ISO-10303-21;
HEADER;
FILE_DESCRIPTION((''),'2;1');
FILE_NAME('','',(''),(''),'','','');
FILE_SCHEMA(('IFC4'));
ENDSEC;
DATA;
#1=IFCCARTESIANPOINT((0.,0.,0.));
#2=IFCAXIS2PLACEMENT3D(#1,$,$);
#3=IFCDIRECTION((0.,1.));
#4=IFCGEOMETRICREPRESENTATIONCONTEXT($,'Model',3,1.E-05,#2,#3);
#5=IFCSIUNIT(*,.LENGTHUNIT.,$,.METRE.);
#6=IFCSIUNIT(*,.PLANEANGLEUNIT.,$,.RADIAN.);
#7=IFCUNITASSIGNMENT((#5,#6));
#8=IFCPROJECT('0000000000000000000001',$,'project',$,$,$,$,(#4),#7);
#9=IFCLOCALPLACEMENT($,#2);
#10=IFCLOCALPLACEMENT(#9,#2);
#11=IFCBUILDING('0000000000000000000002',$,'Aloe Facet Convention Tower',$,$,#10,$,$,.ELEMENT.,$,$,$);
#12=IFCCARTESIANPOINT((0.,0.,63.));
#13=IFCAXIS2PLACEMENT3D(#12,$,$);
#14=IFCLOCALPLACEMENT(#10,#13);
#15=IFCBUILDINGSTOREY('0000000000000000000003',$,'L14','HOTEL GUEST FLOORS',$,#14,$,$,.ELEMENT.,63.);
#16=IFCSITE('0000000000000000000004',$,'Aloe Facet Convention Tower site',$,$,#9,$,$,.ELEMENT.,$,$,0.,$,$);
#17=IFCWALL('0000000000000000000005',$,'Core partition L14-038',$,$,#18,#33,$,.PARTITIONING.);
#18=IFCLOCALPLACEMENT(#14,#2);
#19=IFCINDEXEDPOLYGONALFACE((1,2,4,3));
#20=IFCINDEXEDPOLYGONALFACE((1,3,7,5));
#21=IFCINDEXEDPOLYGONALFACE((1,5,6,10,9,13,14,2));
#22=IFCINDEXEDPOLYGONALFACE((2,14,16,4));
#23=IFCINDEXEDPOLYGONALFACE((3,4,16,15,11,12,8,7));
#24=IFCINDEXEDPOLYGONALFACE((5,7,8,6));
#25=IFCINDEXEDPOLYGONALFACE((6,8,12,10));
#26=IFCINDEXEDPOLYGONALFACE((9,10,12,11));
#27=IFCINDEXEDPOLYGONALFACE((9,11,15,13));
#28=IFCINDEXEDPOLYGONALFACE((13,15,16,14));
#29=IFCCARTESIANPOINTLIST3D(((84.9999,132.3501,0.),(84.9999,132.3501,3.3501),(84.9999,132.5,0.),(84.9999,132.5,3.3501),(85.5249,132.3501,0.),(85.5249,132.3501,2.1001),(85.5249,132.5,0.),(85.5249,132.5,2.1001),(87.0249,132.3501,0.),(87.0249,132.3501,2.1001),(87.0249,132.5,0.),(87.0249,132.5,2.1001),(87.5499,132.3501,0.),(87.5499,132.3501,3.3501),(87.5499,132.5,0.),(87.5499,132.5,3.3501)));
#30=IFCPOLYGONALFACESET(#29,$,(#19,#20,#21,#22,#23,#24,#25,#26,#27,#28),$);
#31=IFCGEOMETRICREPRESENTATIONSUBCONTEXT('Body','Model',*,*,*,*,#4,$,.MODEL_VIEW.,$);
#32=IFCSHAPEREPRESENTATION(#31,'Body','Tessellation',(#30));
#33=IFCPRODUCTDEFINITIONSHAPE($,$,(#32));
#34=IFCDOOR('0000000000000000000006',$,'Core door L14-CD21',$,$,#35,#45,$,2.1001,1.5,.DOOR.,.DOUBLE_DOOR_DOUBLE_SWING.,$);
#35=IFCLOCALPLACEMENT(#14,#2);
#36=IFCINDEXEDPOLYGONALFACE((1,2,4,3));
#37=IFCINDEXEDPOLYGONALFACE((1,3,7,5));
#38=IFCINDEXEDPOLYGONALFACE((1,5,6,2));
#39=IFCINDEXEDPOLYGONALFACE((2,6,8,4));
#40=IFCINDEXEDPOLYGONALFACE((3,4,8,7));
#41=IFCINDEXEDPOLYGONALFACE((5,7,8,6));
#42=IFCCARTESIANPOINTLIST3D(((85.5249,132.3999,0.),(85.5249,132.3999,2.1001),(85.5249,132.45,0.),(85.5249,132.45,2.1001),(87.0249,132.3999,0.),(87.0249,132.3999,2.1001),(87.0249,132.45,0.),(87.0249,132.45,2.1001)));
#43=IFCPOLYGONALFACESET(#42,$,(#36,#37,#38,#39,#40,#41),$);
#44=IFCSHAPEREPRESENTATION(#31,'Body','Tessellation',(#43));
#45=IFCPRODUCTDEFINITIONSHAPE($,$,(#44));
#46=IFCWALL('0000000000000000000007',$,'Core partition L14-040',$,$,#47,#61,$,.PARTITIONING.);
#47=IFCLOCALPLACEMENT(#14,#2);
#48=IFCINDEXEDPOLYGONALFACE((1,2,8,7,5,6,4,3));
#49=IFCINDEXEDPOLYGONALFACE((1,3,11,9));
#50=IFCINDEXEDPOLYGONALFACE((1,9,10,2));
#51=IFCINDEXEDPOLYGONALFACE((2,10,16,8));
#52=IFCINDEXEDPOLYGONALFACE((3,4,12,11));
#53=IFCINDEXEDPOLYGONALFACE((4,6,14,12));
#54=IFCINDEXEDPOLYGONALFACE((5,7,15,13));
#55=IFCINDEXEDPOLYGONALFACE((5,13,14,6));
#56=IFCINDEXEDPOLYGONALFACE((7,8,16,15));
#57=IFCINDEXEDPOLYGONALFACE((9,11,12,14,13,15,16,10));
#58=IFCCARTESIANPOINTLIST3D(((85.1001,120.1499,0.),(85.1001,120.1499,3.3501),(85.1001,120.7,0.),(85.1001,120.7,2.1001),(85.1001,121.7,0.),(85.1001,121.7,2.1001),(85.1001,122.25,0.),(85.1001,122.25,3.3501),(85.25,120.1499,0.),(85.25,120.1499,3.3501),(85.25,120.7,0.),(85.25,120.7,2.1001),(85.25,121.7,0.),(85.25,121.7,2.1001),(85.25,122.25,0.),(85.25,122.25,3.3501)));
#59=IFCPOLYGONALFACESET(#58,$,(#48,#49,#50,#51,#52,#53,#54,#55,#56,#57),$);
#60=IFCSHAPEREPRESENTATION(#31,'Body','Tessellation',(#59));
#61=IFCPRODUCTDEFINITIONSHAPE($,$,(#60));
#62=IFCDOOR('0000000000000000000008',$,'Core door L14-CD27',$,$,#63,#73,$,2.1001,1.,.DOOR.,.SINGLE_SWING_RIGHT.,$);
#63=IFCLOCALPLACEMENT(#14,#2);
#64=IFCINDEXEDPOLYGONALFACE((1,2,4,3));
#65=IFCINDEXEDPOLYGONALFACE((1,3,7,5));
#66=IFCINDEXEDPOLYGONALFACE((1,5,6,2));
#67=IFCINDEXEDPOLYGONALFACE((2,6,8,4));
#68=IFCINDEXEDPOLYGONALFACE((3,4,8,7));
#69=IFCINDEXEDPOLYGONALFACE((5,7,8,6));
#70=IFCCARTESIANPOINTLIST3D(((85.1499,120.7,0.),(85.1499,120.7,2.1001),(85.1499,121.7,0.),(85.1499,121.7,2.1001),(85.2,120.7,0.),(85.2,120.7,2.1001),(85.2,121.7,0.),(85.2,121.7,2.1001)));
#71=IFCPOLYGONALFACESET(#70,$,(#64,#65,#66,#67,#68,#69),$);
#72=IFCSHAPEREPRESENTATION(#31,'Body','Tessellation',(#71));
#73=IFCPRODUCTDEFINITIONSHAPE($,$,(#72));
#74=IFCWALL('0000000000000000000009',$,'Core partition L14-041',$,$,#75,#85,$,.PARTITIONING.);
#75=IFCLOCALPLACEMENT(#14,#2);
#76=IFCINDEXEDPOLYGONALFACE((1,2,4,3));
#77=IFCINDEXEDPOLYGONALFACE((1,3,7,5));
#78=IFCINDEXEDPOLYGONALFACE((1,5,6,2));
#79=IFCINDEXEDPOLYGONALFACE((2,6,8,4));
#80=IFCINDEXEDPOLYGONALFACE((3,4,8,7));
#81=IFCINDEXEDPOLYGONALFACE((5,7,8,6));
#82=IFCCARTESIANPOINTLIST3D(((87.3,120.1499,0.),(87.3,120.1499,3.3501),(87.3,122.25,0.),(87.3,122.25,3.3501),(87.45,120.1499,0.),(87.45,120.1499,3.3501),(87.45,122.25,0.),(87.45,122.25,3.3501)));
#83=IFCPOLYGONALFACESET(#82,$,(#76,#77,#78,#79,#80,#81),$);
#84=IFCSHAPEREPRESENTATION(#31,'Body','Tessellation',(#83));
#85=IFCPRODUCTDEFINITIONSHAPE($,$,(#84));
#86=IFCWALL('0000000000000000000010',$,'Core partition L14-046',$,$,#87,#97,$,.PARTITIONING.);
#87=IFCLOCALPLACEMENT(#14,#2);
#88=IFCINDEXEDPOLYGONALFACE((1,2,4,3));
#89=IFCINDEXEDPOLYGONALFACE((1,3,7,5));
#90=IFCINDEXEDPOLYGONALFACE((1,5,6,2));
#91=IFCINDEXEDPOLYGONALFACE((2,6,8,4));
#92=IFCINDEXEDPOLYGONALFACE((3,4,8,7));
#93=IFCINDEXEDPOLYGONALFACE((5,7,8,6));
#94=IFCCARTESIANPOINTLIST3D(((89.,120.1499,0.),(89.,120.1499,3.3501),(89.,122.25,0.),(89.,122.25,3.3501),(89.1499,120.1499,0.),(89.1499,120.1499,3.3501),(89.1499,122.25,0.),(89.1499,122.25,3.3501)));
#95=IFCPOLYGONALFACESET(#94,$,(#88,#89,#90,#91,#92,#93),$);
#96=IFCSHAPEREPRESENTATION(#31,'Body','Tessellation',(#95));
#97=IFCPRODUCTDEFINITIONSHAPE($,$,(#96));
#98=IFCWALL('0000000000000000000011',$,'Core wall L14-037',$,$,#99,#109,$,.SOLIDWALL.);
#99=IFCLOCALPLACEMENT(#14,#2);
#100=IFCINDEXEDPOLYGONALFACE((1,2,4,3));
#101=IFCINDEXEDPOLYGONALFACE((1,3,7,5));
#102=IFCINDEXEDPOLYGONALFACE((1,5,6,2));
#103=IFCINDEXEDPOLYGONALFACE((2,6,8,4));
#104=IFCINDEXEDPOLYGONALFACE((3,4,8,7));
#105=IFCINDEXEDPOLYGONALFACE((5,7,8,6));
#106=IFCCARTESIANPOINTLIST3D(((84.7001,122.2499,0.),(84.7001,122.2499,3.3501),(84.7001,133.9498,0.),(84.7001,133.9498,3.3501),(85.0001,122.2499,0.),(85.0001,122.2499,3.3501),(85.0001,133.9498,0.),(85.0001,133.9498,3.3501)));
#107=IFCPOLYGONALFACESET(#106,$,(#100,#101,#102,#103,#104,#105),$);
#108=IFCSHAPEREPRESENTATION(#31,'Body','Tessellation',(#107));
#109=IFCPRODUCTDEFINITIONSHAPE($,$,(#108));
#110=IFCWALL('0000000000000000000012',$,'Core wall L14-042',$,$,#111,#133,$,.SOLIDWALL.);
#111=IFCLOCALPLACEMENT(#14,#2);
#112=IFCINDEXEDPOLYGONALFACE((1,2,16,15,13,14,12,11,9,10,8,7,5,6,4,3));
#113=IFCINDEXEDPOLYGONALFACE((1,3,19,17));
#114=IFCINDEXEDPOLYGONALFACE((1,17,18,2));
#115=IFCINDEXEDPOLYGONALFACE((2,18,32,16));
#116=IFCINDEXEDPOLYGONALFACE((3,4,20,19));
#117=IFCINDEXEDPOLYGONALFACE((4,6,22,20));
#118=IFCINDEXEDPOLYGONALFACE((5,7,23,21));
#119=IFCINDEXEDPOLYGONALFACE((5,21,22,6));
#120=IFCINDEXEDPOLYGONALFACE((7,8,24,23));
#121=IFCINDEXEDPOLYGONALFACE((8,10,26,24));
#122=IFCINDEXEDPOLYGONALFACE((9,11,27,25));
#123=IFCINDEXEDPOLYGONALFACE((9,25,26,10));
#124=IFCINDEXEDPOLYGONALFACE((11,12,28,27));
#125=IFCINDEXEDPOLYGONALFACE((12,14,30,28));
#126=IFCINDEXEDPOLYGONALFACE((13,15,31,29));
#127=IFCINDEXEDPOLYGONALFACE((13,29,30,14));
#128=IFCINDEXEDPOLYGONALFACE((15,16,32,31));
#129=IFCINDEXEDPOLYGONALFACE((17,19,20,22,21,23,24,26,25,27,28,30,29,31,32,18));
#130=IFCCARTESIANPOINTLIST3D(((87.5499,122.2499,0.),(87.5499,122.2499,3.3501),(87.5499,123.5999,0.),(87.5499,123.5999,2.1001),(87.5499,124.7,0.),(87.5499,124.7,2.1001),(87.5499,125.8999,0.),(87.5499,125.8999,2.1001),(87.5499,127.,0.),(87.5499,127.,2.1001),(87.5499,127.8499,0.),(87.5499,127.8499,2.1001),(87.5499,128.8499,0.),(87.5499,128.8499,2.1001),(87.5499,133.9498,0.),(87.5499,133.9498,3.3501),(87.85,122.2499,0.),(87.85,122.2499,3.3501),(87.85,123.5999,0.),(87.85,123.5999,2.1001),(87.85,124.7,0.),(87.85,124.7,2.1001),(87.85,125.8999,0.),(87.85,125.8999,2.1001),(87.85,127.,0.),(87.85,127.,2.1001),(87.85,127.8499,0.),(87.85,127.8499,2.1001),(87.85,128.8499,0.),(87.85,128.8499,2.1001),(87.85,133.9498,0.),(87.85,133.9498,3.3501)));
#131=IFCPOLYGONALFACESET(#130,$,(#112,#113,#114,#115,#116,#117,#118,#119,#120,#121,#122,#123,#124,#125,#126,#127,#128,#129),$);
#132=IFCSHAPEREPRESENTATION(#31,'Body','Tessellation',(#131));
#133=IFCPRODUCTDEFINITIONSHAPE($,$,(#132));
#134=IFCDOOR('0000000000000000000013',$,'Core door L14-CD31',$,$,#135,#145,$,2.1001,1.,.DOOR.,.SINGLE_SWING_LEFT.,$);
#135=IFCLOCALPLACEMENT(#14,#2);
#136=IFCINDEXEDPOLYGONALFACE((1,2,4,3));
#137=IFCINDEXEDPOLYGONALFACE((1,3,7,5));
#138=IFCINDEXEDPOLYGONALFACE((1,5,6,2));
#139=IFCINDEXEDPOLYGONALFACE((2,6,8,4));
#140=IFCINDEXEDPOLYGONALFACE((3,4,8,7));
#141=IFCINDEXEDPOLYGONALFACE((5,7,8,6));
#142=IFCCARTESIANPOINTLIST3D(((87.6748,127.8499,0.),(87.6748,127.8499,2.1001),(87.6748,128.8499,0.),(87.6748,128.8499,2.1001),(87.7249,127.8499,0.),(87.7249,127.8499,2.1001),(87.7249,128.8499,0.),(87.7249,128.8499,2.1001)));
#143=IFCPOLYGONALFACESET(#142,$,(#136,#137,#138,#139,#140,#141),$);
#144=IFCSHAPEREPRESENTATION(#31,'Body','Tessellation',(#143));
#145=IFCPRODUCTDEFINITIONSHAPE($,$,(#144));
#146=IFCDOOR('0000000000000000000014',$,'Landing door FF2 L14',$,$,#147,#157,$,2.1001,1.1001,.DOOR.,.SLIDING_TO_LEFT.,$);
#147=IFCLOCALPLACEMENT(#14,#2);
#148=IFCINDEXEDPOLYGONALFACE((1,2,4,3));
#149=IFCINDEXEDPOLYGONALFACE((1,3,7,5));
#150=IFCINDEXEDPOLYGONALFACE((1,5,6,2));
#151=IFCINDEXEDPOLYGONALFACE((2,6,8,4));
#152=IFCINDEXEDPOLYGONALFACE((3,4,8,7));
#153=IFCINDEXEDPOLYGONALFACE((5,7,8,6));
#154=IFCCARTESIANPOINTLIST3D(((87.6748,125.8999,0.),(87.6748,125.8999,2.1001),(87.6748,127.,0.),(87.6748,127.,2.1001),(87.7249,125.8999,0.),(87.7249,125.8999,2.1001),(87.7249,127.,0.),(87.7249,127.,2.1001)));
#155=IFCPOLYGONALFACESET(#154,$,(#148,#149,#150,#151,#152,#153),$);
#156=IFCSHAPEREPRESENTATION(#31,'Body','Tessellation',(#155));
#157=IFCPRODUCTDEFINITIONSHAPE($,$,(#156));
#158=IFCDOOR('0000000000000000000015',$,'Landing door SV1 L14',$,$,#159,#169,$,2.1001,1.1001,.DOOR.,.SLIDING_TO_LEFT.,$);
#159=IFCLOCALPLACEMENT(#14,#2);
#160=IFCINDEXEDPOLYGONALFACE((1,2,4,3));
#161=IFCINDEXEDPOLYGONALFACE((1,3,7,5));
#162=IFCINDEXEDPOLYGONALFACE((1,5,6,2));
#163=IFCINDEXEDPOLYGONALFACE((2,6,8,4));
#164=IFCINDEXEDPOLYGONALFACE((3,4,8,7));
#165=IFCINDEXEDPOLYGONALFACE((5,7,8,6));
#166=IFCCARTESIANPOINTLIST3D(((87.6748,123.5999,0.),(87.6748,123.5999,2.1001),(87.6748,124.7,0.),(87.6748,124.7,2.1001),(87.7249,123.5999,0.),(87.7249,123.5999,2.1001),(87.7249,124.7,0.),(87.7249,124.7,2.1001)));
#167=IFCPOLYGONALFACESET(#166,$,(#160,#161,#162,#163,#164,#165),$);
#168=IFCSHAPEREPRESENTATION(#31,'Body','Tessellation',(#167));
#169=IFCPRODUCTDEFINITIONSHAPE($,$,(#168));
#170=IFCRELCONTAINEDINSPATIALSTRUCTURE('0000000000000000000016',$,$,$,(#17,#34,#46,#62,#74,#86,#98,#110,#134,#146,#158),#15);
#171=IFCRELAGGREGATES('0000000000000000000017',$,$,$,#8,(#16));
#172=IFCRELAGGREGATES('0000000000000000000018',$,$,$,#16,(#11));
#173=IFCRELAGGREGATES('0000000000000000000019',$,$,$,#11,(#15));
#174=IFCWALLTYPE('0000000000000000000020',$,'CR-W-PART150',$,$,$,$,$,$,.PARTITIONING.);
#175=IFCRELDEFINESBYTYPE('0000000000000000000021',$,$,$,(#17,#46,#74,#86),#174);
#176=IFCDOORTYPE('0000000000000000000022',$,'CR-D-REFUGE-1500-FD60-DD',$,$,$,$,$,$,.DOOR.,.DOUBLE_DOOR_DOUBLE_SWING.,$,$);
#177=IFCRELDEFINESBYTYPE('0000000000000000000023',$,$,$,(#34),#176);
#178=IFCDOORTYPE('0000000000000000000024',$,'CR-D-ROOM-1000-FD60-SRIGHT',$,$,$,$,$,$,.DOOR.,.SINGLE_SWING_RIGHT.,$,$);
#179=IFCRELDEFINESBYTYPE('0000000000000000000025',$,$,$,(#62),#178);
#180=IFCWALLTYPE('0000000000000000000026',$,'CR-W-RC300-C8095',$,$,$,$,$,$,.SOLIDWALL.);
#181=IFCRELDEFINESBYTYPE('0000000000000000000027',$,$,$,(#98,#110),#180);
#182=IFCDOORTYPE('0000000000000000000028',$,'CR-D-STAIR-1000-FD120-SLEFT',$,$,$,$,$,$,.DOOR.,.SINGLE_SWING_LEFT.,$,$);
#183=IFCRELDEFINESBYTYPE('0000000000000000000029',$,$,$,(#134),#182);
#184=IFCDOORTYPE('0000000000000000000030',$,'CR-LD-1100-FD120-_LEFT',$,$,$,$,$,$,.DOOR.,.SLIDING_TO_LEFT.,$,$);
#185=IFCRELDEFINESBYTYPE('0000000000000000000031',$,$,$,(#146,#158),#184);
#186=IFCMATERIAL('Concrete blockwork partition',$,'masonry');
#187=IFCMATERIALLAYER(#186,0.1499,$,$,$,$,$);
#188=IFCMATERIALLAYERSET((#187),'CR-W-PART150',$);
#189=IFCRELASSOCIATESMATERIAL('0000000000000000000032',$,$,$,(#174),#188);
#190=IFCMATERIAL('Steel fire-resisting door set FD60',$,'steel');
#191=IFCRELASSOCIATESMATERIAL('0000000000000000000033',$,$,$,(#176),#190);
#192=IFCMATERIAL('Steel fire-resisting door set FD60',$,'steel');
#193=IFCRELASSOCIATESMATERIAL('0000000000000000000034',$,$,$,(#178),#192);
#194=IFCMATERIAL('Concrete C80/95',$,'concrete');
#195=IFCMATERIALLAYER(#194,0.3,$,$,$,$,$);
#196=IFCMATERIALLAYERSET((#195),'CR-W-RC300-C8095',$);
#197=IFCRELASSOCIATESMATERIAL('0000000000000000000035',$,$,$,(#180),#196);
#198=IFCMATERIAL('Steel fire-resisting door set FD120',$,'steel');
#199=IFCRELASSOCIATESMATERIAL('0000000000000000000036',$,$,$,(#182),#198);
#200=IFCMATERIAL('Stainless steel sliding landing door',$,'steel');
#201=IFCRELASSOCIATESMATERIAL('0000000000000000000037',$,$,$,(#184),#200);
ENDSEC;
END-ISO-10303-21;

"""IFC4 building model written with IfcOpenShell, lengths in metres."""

from ifc_helpers import new_model, si_unit, direction, frame, frame_2d, origin, place, context, subcontext, project, spatial, rectangle, extrude, material, layer, layer_set, type_object, element, fill, save


model = new_model("IFC4")

# Units and contexts
model_context = context("Model", 3, precision=1e-05, world=origin(), true_north=direction((0.0, 1.0)))
body_context = subcontext(model_context, "Body", "Model", "MODEL_VIEW")
ifc_project = project(units=[si_unit("LENGTHUNIT", "METRE"), si_unit("PLANEANGLEUNIT", "RADIAN")], contexts=[model_context])

# Site, building, storey
site_placement = place(None, origin())
site = spatial("IfcSite", under=ifc_project, at=site_placement, Name="Aloe Facet Convention Tower site", CompositionType="ELEMENT", RefElevation=0.0)
building_placement = place(site_placement, origin())
building = spatial("IfcBuilding", under=site, at=building_placement, Name="Aloe Facet Convention Tower", CompositionType="ELEMENT")
storey_placement = place(building_placement, frame((0.0, 0.0, 63.0)))
storey = spatial("IfcBuildingStorey", under=building, at=storey_placement, Name="L14", Description="HOTEL GUEST FLOORS", CompositionType="ELEMENT", Elevation=63.0)

# Walls, openings, doors
ifc_material_1 = material(Name="Concrete blockwork partition", Category="masonry")
ifc_layer_1 = layer(ifc_material_1, 0.1499)
ifc_layer_set_1 = layer_set([ifc_layer_1], Name="CR-W-PART150")
wall_type_1 = type_object("IfcWallType", Name="CR-W-PART150", PredefinedType="PARTITIONING", material=ifc_layer_set_1)
wall_1_placement = place(storey_placement, frame((85.0, 132.425, 0.0), z_axis=(0.0, 0.0, 1.0), x_axis=(1.0, 0.0, 0.0)))
wall_1 = element("IfcWall", 1, at=wall_1_placement, inside=storey, type_object=wall_type_1, Name="Core partition L14-038", PredefinedType="PARTITIONING", context=body_context, shape_type="SweptSolid", body=[
    extrude(rectangle(XDim=2.55, YDim=0.1499, at=frame_2d((1.2749, 0.0))), origin(), (0.0, 0.0, 1.0), 3.3501),
])
opening_1_placement = place(wall_1_placement, frame((0.5249, 0.0, 0.0)))
opening_1 = element("IfcOpeningElement", 2, at=opening_1_placement, cuts=wall_1, PredefinedType="OPENING", context=body_context, shape_type="SweptSolid", body=[
    extrude(rectangle(XDim=1.5, YDim=2.1001, at=frame_2d((0.75, 1.05))), frame((0.0, 0.085, 0.0), z_axis=(0.0, -1.0, 0.0), x_axis=(1.0, 0.0, 0.0)), (0.0, 0.0, 1.0), 0.1699),
])
ifc_material_2 = material(Name="Steel fire-resisting door set FD60", Category="steel")
door_type_1 = type_object("IfcDoorType", Name="CR-D-REFUGE-1500-FD60-DD", OperationType="DOUBLE_DOOR_DOUBLE_SWING", PredefinedType="DOOR", material=ifc_material_2)
door_1_placement = place(opening_1_placement, origin())
door_1 = element("IfcDoor", 3, at=door_1_placement, inside=storey, type_object=door_type_1, Name="Core door L14-CD21", OperationType="DOUBLE_DOOR_DOUBLE_SWING", OverallHeight=2.1001, OverallWidth=1.5, PredefinedType="DOOR", context=body_context, shape_type="SweptSolid", body=[
    extrude(rectangle(XDim=1.5, YDim=2.1001, at=frame_2d((0.75, 1.05))), frame((0.0, 0.0249, 0.0), z_axis=(0.0, -1.0, 0.0), x_axis=(1.0, 0.0, 0.0)), (0.0, 0.0, 1.0), 0.05),
])
fill(opening_1, door_1)
wall_2_placement = place(storey_placement, frame((85.175, 122.25, 0.0), z_axis=(0.0, 0.0, 1.0), x_axis=(0.0, -1.0, 0.0)))
wall_2 = element("IfcWall", 4, at=wall_2_placement, inside=storey, type_object=wall_type_1, Name="Core partition L14-040", PredefinedType="PARTITIONING", context=body_context, shape_type="SweptSolid", body=[
    extrude(rectangle(XDim=2.1001, YDim=0.1499, at=frame_2d((1.05, 0.0))), origin(), (0.0, 0.0, 1.0), 3.3501),
])
opening_2_placement = place(wall_2_placement, frame((0.55, 0.0, 0.0)))
opening_2 = element("IfcOpeningElement", 5, at=opening_2_placement, cuts=wall_2, PredefinedType="OPENING", context=body_context, shape_type="SweptSolid", body=[
    extrude(rectangle(XDim=1.0, YDim=2.1001, at=frame_2d((0.5, 1.05))), frame((0.0, 0.085, 0.0), z_axis=(0.0, -1.0, 0.0), x_axis=(1.0, 0.0, 0.0)), (0.0, 0.0, 1.0), 0.1699),
])
ifc_material_3 = material(Name="Steel fire-resisting door set FD60", Category="steel")
door_type_2 = type_object("IfcDoorType", Name="CR-D-ROOM-1000-FD60-SRIGHT", OperationType="SINGLE_SWING_RIGHT", PredefinedType="DOOR", material=ifc_material_3)
door_2_placement = place(opening_2_placement, origin())
door_2 = element("IfcDoor", 6, at=door_2_placement, inside=storey, type_object=door_type_2, Name="Core door L14-CD27", OperationType="SINGLE_SWING_RIGHT", OverallHeight=2.1001, OverallWidth=1.0, PredefinedType="DOOR", context=body_context, shape_type="SweptSolid", body=[
    extrude(rectangle(XDim=1.0, YDim=2.1001, at=frame_2d((0.5, 1.05))), frame((0.0, 0.0249, 0.0), z_axis=(0.0, -1.0, 0.0), x_axis=(1.0, 0.0, 0.0)), (0.0, 0.0, 1.0), 0.05),
])
fill(opening_2, door_2)

# Walls
for number, where, z_axis, x_axis, name in (
    (7, (87.375, 122.25, 0.0), (0.0, 0.0, 1.0), (0.0, -1.0, 0.0), "Core partition L14-041"),
    (8, (89.075, 122.25, 0.0), (0.0, 0.0, 1.0), (0.0, -1.0, 0.0), "Core partition L14-046"),
):
    element("IfcWall", number, at=place(storey_placement, frame(where, z_axis=z_axis, x_axis=x_axis)), inside=storey, type_object=wall_type_1, Name=name, PredefinedType="PARTITIONING", context=body_context, shape_type="SweptSolid", body=[
        extrude(rectangle(XDim=2.1001, YDim=0.1499, at=frame_2d((1.05, 0.0))), origin(), (0.0, 0.0, 1.0), 3.3501),
    ])
ifc_material_4 = material(Name="Concrete C80/95", Category="concrete")
ifc_layer_2 = layer(ifc_material_4, 0.3)
ifc_layer_set_2 = layer_set([ifc_layer_2], Name="CR-W-RC300-C8095")
wall_type_2 = type_object("IfcWallType", Name="CR-W-RC300-C8095", PredefinedType="SOLIDWALL", material=ifc_layer_set_2)
wall_3_placement = place(storey_placement, frame((84.8501, 133.95, 0.0), z_axis=(0.0, 0.0, 1.0), x_axis=(0.0, -1.0, 0.0)))
element("IfcWall", 9, at=wall_3_placement, inside=storey, type_object=wall_type_2, Name="Core wall L14-037", PredefinedType="SOLIDWALL", context=body_context, shape_type="SweptSolid", body=[
    extrude(rectangle(XDim=11.7, YDim=0.3, at=frame_2d((5.8501, 0.0))), origin(), (0.0, 0.0, 1.0), 3.3501),
])

# Wall, openings, doors
wall_4_placement = place(storey_placement, frame((87.7, 133.95, 0.0), z_axis=(0.0, 0.0, 1.0), x_axis=(0.0, -1.0, 0.0)))
wall_4 = element("IfcWall", 10, at=wall_4_placement, inside=storey, type_object=wall_type_2, Name="Core wall L14-042", PredefinedType="SOLIDWALL", context=body_context, shape_type="SweptSolid", body=[
    extrude(rectangle(XDim=11.7, YDim=0.3, at=frame_2d((5.8501, 0.0))), origin(), (0.0, 0.0, 1.0), 3.3501),
])
opening_3_placement = place(wall_4_placement, frame((6.95, 0.0, 0.0)))
opening_3 = element("IfcOpeningElement", 11, at=opening_3_placement, cuts=wall_4, PredefinedType="OPENING", context=body_context, shape_type="SweptSolid", body=[
    extrude(rectangle(XDim=1.1001, YDim=2.1001, at=frame_2d((0.55, 1.05))), frame((0.0, 0.1602, 0.0), z_axis=(0.0, -1.0, 0.0), x_axis=(1.0, 0.0, 0.0)), (0.0, 0.0, 1.0), 0.3201),
])
opening_4_placement = place(wall_4_placement, frame((5.1001, 0.0, 0.0)))
opening_4 = element("IfcOpeningElement", 12, at=opening_4_placement, cuts=wall_4, PredefinedType="OPENING", context=body_context, shape_type="SweptSolid", body=[
    extrude(rectangle(XDim=1.0, YDim=2.1001, at=frame_2d((0.5, 1.05))), frame((0.0, 0.1602, 0.0), z_axis=(0.0, -1.0, 0.0), x_axis=(1.0, 0.0, 0.0)), (0.0, 0.0, 1.0), 0.3201),
])
opening_5_placement = place(wall_4_placement, frame((9.25, 0.0, 0.0)))
opening_5 = element("IfcOpeningElement", 13, at=opening_5_placement, cuts=wall_4, PredefinedType="OPENING", context=body_context, shape_type="SweptSolid", body=[
    extrude(rectangle(XDim=1.1001, YDim=2.1001, at=frame_2d((0.55, 1.05))), frame((0.0, 0.1602, 0.0), z_axis=(0.0, -1.0, 0.0), x_axis=(1.0, 0.0, 0.0)), (0.0, 0.0, 1.0), 0.3201),
])
ifc_material_5 = material(Name="Steel fire-resisting door set FD120", Category="steel")
door_type_3 = type_object("IfcDoorType", Name="CR-D-STAIR-1000-FD120-SLEFT", OperationType="SINGLE_SWING_LEFT", PredefinedType="DOOR", material=ifc_material_5)
door_3_placement = place(opening_4_placement, origin())
door_3 = element("IfcDoor", 14, at=door_3_placement, inside=storey, type_object=door_type_3, Name="Core door L14-CD31", OperationType="SINGLE_SWING_LEFT", OverallHeight=2.1001, OverallWidth=1.0, PredefinedType="DOOR", context=body_context, shape_type="SweptSolid", body=[
    extrude(rectangle(XDim=1.0, YDim=2.1001, at=frame_2d((0.5, 1.05))), frame((0.0, 0.0249, 0.0), z_axis=(0.0, -1.0, 0.0), x_axis=(1.0, 0.0, 0.0)), (0.0, 0.0, 1.0), 0.05),
])
fill(opening_4, door_3)
ifc_material_6 = material(Name="Stainless steel sliding landing door", Category="steel")
door_type_4 = type_object("IfcDoorType", Name="CR-LD-1100-FD120-_LEFT", OperationType="SLIDING_TO_LEFT", PredefinedType="DOOR", material=ifc_material_6)
door_4_placement = place(opening_3_placement, origin())
door_4 = element("IfcDoor", 15, at=door_4_placement, inside=storey, type_object=door_type_4, Name="Landing door FF2 L14", OperationType="SLIDING_TO_LEFT", OverallHeight=2.1001, OverallWidth=1.1001, PredefinedType="DOOR", context=body_context, shape_type="SweptSolid", body=[
    extrude(rectangle(XDim=1.1001, YDim=2.1001, at=frame_2d((0.55, 1.05))), frame((0.0, 0.0249, 0.0), z_axis=(0.0, -1.0, 0.0), x_axis=(1.0, 0.0, 0.0)), (0.0, 0.0, 1.0), 0.05),
])
fill(opening_3, door_4)
door_5_placement = place(opening_5_placement, origin())
door_5 = element("IfcDoor", 16, at=door_5_placement, inside=storey, type_object=door_type_4, Name="Landing door SV1 L14", OperationType="SLIDING_TO_LEFT", OverallHeight=2.1001, OverallWidth=1.1001, PredefinedType="DOOR", context=body_context, shape_type="SweptSolid", body=[
    extrude(rectangle(XDim=1.1001, YDim=2.1001, at=frame_2d((0.55, 1.05))), frame((0.0, 0.0249, 0.0), z_axis=(0.0, -1.0, 0.0), x_axis=(1.0, 0.0, 0.0)), (0.0, 0.0, 1.0), 0.05),
])
fill(opening_5, door_5)

save(model, "model.ifc")
